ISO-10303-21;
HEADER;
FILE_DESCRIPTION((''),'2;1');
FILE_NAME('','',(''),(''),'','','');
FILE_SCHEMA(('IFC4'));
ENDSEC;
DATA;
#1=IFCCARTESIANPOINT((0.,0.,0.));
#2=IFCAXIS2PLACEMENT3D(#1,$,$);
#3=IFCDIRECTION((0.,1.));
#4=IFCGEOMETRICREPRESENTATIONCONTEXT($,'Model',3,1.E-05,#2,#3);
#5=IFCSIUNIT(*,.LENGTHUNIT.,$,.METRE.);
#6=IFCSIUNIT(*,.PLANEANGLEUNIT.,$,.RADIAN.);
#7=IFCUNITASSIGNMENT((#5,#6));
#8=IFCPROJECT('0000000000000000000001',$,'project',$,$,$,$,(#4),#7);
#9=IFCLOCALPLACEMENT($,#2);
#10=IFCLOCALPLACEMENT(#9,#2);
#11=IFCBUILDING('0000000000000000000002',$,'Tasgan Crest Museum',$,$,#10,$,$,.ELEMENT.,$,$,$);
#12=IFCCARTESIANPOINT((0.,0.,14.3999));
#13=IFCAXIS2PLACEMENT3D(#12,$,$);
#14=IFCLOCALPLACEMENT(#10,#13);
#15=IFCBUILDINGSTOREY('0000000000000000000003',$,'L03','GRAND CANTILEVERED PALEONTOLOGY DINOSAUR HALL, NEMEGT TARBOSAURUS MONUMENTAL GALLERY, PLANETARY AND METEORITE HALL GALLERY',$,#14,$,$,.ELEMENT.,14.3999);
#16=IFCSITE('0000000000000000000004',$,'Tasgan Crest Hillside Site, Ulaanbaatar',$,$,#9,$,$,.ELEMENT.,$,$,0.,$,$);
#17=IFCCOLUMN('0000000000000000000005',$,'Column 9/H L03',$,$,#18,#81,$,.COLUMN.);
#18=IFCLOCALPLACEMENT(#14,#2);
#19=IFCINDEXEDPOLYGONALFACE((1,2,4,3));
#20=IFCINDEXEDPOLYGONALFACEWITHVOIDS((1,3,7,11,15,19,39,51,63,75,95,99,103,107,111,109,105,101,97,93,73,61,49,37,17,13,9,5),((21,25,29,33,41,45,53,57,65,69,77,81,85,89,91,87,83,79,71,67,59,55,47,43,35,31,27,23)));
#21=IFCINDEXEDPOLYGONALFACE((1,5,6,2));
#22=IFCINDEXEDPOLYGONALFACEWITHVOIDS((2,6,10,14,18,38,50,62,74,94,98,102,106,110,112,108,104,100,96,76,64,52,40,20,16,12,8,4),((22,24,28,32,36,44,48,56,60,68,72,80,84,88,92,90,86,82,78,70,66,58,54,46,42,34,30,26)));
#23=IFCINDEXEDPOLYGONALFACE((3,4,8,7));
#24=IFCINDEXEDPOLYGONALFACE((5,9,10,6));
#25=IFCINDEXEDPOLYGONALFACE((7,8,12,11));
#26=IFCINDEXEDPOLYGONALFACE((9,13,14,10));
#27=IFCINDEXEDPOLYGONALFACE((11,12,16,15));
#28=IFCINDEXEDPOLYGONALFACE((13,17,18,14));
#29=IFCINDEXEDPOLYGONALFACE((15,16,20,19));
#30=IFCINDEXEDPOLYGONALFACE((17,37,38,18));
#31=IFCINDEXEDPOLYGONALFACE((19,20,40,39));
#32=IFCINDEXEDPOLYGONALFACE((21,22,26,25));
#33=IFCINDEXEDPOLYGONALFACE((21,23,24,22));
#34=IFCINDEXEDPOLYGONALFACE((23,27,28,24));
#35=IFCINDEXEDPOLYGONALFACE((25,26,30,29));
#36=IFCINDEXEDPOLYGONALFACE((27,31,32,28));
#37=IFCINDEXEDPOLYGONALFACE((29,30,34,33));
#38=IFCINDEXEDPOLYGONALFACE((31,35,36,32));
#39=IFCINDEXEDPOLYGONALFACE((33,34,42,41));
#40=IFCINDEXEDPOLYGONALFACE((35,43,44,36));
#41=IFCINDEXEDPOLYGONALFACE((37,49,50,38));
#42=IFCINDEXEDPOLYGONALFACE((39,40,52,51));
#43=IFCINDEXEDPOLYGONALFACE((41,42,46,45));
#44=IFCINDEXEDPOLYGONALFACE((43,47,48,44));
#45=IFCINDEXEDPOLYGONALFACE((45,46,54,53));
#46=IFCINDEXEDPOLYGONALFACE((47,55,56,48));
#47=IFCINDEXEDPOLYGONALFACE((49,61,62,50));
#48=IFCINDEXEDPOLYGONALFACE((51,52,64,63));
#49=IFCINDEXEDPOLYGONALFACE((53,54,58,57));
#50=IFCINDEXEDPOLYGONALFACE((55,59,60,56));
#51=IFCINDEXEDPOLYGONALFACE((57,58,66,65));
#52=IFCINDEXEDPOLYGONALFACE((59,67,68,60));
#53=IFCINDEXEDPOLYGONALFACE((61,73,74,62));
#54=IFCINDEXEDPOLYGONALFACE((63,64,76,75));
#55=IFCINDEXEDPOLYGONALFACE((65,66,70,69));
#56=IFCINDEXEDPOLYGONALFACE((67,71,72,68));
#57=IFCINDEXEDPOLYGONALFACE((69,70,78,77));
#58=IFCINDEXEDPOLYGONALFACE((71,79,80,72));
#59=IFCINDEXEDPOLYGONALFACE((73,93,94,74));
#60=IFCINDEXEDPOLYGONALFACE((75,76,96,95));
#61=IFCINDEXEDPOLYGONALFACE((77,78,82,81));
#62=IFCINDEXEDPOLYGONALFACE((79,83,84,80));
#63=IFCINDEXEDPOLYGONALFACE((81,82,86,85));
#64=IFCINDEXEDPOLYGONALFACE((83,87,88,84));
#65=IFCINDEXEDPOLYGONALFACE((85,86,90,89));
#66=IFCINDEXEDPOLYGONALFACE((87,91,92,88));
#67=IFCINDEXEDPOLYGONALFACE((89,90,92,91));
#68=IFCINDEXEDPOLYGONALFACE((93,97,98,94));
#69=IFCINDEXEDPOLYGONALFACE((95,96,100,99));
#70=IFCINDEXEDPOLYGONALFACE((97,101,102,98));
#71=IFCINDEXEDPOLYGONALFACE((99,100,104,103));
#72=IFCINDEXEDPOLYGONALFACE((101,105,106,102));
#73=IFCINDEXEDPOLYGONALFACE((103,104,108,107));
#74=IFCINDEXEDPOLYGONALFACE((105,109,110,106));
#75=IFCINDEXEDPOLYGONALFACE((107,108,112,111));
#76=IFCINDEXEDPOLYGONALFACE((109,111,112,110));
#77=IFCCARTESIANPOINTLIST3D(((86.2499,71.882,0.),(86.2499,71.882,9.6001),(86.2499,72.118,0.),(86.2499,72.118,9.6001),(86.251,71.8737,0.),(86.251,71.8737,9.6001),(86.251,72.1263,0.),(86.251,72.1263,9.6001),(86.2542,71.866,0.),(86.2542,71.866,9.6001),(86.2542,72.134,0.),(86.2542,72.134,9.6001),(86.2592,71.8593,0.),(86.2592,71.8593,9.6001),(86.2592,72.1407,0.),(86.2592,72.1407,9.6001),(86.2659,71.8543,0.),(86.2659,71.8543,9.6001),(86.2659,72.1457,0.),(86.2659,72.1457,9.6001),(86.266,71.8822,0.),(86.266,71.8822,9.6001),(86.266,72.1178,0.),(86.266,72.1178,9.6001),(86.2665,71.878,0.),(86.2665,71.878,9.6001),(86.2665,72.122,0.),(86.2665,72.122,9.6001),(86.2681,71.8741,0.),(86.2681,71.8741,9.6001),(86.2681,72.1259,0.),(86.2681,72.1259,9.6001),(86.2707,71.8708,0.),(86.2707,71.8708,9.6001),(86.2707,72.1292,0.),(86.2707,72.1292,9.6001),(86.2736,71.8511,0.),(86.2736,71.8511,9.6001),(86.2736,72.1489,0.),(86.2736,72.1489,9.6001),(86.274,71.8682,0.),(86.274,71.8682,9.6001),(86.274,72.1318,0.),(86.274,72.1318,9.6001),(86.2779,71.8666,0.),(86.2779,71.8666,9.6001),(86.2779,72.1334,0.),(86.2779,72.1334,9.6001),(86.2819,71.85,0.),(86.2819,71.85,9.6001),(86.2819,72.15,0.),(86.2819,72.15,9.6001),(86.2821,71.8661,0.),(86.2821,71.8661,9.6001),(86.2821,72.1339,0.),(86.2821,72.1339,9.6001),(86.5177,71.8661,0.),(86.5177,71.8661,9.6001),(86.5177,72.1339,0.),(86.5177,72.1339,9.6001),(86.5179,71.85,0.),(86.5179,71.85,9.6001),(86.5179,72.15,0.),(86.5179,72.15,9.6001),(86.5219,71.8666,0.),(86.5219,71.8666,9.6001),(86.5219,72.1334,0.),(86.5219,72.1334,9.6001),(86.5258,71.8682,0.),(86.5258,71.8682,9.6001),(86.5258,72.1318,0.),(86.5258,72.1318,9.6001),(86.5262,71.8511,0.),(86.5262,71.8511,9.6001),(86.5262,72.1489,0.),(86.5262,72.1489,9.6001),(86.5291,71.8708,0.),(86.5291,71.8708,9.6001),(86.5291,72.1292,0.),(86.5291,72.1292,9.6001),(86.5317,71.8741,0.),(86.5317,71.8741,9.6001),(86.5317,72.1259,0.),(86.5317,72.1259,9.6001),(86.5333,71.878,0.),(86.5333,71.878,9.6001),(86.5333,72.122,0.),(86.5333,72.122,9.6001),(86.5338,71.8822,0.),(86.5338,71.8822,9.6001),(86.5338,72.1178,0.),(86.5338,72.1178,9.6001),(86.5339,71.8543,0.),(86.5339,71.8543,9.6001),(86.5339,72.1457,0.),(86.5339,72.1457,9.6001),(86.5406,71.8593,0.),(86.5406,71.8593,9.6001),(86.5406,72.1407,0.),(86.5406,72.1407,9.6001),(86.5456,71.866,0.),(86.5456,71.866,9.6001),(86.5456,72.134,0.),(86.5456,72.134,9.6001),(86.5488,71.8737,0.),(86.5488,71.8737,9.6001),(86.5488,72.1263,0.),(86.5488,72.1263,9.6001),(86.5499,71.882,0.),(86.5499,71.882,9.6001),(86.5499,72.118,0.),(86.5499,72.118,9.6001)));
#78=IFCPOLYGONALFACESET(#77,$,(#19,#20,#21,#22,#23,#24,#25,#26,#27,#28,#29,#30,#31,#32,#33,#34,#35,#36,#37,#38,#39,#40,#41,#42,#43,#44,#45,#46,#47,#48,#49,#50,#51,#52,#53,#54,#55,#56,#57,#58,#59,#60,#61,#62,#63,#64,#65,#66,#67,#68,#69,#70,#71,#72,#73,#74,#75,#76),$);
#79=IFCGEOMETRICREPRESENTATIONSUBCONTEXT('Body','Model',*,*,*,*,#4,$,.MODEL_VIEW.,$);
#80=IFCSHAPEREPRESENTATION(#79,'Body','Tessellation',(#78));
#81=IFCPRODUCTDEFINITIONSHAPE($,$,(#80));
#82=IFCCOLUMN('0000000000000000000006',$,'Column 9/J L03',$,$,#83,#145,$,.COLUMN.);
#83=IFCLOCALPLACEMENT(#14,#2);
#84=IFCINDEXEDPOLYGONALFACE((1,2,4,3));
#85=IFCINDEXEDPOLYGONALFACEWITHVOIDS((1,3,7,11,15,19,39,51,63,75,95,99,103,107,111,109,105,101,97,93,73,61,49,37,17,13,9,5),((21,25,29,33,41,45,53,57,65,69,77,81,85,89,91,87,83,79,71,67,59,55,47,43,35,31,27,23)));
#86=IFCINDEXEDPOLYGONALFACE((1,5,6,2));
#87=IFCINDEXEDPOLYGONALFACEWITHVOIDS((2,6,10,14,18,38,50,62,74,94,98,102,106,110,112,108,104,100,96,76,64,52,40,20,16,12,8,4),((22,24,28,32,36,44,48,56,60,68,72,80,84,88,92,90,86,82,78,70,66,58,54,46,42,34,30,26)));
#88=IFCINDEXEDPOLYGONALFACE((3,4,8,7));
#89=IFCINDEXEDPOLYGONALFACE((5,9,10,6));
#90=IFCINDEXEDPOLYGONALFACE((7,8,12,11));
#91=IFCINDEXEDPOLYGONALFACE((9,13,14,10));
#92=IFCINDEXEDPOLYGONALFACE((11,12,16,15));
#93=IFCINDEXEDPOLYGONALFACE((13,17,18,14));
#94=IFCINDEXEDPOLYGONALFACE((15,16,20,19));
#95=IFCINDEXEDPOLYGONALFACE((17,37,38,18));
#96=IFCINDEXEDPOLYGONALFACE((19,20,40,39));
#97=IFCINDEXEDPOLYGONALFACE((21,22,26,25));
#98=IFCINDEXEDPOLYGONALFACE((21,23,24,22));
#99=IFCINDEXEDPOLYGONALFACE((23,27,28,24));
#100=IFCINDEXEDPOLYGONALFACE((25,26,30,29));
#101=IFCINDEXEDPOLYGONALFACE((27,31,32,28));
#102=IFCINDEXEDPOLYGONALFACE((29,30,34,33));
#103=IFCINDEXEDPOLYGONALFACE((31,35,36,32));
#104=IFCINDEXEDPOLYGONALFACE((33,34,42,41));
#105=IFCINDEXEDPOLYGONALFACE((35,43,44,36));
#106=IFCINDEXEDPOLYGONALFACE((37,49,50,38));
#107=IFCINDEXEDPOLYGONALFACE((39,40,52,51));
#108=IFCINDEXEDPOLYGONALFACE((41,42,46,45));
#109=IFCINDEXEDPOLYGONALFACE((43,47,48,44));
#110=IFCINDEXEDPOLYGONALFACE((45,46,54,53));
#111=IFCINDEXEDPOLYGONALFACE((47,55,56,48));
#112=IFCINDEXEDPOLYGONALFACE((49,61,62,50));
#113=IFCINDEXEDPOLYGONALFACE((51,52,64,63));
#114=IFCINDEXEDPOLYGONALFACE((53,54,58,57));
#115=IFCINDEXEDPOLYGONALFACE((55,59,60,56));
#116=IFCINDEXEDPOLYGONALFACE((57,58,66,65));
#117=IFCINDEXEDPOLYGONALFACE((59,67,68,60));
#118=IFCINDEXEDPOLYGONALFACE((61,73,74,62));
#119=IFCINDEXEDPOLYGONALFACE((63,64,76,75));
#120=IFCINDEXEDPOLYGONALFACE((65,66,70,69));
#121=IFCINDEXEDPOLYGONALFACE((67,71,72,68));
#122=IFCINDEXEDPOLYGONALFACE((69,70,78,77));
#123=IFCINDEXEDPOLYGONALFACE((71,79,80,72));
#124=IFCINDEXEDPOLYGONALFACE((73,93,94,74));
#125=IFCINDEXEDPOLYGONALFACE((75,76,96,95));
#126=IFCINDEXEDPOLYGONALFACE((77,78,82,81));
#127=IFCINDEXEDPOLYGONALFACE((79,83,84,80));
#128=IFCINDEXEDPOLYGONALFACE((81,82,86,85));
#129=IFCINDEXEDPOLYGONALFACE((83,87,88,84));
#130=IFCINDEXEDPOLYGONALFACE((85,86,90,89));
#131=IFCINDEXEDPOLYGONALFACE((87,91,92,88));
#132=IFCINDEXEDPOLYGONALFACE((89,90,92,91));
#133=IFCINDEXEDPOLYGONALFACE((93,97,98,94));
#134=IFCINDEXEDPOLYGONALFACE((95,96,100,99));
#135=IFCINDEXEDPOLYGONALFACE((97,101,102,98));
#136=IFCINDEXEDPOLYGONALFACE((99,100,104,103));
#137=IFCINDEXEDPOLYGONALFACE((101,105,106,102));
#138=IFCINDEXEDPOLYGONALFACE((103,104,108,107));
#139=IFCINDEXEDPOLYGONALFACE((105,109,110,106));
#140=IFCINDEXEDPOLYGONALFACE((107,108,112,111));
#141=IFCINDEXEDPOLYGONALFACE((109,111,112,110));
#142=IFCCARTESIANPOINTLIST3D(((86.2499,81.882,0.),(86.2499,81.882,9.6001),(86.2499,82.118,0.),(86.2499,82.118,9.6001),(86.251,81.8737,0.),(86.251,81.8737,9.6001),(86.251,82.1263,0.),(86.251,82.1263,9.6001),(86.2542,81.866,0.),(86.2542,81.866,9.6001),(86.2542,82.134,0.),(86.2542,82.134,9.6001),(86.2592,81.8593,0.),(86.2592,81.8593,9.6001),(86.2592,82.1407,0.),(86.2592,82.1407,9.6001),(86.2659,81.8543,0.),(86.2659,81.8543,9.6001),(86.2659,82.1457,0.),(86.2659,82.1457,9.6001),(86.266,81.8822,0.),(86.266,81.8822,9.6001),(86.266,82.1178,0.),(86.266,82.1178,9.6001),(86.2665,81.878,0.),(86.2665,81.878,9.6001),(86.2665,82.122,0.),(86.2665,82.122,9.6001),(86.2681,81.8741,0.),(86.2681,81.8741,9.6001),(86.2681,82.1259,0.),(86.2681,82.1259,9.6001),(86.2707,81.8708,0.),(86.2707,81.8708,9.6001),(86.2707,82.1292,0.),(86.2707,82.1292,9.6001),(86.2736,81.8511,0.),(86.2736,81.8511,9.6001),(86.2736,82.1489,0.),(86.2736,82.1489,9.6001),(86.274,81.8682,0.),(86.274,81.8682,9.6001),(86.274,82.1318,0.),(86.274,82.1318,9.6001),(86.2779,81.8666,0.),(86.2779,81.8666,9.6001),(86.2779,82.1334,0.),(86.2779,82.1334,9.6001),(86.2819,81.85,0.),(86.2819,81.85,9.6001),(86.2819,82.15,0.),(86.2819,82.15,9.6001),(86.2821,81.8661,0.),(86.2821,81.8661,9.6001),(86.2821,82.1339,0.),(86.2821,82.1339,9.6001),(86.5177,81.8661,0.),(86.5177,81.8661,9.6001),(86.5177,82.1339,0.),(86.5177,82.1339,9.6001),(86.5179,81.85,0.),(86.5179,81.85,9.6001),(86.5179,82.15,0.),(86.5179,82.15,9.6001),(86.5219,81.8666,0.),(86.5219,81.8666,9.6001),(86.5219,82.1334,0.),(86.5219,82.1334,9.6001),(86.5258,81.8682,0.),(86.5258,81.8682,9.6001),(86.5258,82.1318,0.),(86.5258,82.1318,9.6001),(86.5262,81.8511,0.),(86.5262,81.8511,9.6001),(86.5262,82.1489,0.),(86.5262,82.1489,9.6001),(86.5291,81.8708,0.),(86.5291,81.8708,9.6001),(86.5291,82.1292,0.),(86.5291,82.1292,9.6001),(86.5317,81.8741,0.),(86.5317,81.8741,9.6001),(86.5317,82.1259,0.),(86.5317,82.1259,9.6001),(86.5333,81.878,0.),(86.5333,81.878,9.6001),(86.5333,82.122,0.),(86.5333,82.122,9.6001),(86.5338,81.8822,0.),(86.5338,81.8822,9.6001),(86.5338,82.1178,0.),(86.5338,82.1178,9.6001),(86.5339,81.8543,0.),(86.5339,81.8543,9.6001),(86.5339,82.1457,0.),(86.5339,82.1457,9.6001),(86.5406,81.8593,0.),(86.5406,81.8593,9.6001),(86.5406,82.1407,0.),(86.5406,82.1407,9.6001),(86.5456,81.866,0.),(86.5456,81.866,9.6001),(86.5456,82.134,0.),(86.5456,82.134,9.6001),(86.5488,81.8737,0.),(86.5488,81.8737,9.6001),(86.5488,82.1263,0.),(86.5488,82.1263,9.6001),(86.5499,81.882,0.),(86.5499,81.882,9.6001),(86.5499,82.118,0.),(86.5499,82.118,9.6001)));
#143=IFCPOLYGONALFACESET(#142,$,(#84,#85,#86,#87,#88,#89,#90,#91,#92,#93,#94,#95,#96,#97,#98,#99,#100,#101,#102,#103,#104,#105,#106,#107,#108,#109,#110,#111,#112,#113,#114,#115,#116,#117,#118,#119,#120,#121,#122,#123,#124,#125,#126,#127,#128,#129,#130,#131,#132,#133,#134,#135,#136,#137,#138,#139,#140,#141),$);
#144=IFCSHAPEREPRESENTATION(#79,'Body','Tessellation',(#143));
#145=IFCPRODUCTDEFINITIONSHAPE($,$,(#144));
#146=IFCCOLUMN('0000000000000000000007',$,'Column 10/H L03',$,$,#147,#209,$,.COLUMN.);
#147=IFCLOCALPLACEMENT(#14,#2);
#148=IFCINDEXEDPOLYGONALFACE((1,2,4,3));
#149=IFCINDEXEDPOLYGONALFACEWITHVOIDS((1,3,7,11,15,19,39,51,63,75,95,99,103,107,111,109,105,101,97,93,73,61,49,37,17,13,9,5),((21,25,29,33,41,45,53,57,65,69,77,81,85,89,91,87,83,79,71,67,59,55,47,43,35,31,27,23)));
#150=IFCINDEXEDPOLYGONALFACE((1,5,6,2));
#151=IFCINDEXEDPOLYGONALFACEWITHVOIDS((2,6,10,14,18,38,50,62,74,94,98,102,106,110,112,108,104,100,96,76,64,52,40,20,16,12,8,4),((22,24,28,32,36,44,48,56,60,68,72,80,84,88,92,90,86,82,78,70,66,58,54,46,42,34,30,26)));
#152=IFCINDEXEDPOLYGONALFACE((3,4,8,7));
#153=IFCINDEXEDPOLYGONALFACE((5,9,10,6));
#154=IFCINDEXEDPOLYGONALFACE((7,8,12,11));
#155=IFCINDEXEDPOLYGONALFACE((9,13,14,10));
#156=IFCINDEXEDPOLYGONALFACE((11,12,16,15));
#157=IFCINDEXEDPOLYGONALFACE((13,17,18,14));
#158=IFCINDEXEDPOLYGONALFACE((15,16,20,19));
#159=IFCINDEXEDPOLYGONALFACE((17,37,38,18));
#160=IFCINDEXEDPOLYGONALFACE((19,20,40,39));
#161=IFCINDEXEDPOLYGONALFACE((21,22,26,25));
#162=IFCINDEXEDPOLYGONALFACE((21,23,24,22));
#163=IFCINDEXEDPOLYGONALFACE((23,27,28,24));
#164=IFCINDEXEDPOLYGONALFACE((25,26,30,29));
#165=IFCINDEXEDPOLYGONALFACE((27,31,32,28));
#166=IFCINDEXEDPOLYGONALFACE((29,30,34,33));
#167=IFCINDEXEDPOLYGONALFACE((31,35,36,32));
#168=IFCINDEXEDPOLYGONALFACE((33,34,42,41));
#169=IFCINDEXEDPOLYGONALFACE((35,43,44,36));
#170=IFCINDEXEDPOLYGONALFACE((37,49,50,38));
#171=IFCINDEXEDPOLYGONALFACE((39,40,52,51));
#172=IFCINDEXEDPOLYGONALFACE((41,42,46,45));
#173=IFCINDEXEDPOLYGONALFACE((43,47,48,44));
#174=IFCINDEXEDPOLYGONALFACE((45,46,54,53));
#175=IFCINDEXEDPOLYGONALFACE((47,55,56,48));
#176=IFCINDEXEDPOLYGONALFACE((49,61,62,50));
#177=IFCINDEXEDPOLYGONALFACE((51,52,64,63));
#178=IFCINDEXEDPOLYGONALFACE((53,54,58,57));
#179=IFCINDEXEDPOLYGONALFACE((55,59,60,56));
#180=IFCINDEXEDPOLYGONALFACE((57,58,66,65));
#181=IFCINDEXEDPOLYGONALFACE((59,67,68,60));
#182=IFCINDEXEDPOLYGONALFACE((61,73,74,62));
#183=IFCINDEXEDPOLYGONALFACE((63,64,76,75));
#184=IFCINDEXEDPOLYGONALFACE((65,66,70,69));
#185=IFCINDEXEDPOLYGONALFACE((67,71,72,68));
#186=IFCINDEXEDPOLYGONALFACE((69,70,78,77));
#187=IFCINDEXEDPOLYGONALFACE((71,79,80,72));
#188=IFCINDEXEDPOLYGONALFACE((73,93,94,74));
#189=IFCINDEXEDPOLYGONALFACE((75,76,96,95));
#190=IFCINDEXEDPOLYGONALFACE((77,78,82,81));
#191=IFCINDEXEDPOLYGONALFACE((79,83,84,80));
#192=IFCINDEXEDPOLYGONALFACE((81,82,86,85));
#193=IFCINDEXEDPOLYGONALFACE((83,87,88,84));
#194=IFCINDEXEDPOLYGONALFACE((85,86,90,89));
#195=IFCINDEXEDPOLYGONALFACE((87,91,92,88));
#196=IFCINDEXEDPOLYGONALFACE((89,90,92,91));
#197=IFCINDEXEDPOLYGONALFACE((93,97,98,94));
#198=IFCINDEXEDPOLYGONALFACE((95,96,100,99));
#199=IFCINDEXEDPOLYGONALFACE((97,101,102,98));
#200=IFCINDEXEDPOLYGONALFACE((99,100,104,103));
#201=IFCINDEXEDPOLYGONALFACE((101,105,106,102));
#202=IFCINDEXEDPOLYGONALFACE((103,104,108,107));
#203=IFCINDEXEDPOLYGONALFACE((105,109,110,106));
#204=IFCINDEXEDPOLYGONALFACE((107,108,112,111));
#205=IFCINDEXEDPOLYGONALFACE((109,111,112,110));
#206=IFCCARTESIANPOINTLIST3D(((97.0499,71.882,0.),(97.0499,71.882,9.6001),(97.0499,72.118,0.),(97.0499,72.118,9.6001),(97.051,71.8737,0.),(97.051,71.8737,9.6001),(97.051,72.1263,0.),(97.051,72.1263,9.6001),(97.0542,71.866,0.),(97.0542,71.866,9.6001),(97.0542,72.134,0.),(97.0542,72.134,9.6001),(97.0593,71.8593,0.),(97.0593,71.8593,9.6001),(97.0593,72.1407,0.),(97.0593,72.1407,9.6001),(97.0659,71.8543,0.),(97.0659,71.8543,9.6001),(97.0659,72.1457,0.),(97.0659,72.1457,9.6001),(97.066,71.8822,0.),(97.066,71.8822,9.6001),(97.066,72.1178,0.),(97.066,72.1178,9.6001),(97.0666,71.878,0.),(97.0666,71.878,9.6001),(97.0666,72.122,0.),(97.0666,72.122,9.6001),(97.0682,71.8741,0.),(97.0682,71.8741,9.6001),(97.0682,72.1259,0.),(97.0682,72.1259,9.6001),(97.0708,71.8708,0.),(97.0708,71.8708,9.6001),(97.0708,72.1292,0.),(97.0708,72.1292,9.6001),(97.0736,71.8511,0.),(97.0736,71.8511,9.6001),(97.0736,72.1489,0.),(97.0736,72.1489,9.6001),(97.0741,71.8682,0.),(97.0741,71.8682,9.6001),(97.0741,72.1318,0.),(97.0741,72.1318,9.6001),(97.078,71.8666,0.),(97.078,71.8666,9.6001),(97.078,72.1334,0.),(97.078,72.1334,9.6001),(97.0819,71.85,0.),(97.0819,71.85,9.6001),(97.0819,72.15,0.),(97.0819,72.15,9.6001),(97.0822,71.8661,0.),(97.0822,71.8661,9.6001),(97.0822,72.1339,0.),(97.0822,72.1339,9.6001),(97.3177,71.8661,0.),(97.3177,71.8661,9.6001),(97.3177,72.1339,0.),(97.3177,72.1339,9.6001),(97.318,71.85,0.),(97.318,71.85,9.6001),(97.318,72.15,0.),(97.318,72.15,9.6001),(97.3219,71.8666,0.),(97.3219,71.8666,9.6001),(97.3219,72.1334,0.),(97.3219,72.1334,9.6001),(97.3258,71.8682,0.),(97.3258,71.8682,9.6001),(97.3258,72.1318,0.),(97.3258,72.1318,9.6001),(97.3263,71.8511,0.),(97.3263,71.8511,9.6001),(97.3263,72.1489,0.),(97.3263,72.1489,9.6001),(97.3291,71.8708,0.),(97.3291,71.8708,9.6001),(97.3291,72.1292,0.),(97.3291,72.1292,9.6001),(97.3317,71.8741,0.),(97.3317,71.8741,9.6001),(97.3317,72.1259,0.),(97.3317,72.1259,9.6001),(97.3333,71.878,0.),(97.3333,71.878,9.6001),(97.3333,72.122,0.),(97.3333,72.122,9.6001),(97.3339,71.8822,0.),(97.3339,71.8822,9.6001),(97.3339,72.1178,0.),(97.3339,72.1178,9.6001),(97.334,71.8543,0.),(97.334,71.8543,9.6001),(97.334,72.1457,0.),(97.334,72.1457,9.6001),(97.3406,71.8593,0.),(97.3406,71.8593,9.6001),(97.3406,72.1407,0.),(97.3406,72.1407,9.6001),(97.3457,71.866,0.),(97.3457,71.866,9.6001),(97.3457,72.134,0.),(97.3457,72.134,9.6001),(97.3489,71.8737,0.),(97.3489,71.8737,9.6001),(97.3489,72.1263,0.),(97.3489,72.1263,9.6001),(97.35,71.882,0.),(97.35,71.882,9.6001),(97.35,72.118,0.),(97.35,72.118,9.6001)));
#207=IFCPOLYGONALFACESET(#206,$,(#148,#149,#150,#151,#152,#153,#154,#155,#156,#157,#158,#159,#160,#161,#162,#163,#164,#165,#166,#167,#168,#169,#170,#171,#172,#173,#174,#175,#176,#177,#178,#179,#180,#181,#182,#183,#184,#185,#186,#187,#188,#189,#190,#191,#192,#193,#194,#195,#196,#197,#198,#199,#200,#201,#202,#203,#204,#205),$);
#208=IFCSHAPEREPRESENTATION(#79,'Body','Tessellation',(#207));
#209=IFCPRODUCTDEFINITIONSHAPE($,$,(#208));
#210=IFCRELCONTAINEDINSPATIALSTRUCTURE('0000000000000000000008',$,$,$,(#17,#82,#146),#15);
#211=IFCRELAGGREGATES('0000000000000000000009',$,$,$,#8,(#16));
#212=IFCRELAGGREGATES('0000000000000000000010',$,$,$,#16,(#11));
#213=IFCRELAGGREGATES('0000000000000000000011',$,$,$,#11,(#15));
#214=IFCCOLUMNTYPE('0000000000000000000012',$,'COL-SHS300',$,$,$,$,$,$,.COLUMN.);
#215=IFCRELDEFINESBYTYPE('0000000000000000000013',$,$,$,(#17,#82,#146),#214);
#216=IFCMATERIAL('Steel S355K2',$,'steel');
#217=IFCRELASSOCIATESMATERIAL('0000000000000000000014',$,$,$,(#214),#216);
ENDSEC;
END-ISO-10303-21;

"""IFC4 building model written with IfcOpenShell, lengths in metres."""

from ifc_helpers import new_model, si_unit, direction, frame, origin, origin_2d, place, context, subcontext, project, spatial, hollow_rectangle, extrude, material, material_profile, profile_set, type_object, element, save


model = new_model("IFC4")

# Units and contexts
model_context = context("Model", 3, precision=1e-05, world=origin(), true_north=direction((0.0, 1.0)))
body_context = subcontext(model_context, "Body", "Model", "MODEL_VIEW")
ifc_project = project(units=[si_unit("LENGTHUNIT", "METRE"), si_unit("PLANEANGLEUNIT", "RADIAN")], contexts=[model_context])

# Site, building, storey
site_placement = place(None, origin())
site = spatial("IfcSite", under=ifc_project, at=site_placement, Name="Tasgan Crest Hillside Site, Ulaanbaatar", CompositionType="ELEMENT", RefElevation=0.0)
building_placement = place(site_placement, origin())
building = spatial("IfcBuilding", under=site, at=building_placement, Name="Tasgan Crest Museum", CompositionType="ELEMENT")
storey_placement = place(building_placement, frame((0.0, 0.0, 14.3999)))
storey = spatial("IfcBuildingStorey", under=building, at=storey_placement, Name="L03", Description="GRAND CANTILEVERED PALEONTOLOGY DINOSAUR HALL, NEMEGT TARBOSAURUS MONUMENTAL GALLERY, PLANETARY AND METEORITE HALL GALLERY", CompositionType="ELEMENT", Elevation=14.3999)

# Columns
ifc_material_1 = material(Name="Steel S355K2", Category="steel")
ifc_material_profile_1 = material_profile(ifc_material_1, hollow_rectangle(XDim=0.3, YDim=0.3, WallThickness=0.0161, InnerFilletRadius=0.0161, OuterFilletRadius=0.032, at=origin_2d()), Name="SHS 300x300x16")
ifc_profile_set_1 = profile_set([ifc_material_profile_1], Name="Steel S355K2")
column_type = type_object("IfcColumnType", Name="COL-SHS300", PredefinedType="COLUMN", material=ifc_profile_set_1)
for number, where, z_axis, x_axis, name in (
    (1, (86.3999, 72.0, 0.0), (0.0, 0.0, 1.0), (1.0, 0.0, 0.0), "Column 9/H L03"),
    (2, (86.3999, 82.0, 0.0), (0.0, 0.0, 1.0), (1.0, 0.0, 0.0), "Column 9/J L03"),
    (3, (97.2, 72.0, 0.0), (0.0, 0.0, 1.0), (1.0, 0.0, 0.0), "Column 10/H L03"),
):
    element("IfcColumn", number, at=place(storey_placement, frame(where, z_axis=z_axis, x_axis=x_axis)), inside=storey, type_object=column_type, Name=name, PredefinedType="COLUMN", context=body_context, shape_type="SweptSolid", body=[
        extrude(hollow_rectangle(XDim=0.3, YDim=0.3, WallThickness=0.0161, InnerFilletRadius=0.0161, OuterFilletRadius=0.032, at=origin_2d()), origin(), (0.0, 0.0, 1.0), 9.6001),
    ])

save(model, "model.ifc")
